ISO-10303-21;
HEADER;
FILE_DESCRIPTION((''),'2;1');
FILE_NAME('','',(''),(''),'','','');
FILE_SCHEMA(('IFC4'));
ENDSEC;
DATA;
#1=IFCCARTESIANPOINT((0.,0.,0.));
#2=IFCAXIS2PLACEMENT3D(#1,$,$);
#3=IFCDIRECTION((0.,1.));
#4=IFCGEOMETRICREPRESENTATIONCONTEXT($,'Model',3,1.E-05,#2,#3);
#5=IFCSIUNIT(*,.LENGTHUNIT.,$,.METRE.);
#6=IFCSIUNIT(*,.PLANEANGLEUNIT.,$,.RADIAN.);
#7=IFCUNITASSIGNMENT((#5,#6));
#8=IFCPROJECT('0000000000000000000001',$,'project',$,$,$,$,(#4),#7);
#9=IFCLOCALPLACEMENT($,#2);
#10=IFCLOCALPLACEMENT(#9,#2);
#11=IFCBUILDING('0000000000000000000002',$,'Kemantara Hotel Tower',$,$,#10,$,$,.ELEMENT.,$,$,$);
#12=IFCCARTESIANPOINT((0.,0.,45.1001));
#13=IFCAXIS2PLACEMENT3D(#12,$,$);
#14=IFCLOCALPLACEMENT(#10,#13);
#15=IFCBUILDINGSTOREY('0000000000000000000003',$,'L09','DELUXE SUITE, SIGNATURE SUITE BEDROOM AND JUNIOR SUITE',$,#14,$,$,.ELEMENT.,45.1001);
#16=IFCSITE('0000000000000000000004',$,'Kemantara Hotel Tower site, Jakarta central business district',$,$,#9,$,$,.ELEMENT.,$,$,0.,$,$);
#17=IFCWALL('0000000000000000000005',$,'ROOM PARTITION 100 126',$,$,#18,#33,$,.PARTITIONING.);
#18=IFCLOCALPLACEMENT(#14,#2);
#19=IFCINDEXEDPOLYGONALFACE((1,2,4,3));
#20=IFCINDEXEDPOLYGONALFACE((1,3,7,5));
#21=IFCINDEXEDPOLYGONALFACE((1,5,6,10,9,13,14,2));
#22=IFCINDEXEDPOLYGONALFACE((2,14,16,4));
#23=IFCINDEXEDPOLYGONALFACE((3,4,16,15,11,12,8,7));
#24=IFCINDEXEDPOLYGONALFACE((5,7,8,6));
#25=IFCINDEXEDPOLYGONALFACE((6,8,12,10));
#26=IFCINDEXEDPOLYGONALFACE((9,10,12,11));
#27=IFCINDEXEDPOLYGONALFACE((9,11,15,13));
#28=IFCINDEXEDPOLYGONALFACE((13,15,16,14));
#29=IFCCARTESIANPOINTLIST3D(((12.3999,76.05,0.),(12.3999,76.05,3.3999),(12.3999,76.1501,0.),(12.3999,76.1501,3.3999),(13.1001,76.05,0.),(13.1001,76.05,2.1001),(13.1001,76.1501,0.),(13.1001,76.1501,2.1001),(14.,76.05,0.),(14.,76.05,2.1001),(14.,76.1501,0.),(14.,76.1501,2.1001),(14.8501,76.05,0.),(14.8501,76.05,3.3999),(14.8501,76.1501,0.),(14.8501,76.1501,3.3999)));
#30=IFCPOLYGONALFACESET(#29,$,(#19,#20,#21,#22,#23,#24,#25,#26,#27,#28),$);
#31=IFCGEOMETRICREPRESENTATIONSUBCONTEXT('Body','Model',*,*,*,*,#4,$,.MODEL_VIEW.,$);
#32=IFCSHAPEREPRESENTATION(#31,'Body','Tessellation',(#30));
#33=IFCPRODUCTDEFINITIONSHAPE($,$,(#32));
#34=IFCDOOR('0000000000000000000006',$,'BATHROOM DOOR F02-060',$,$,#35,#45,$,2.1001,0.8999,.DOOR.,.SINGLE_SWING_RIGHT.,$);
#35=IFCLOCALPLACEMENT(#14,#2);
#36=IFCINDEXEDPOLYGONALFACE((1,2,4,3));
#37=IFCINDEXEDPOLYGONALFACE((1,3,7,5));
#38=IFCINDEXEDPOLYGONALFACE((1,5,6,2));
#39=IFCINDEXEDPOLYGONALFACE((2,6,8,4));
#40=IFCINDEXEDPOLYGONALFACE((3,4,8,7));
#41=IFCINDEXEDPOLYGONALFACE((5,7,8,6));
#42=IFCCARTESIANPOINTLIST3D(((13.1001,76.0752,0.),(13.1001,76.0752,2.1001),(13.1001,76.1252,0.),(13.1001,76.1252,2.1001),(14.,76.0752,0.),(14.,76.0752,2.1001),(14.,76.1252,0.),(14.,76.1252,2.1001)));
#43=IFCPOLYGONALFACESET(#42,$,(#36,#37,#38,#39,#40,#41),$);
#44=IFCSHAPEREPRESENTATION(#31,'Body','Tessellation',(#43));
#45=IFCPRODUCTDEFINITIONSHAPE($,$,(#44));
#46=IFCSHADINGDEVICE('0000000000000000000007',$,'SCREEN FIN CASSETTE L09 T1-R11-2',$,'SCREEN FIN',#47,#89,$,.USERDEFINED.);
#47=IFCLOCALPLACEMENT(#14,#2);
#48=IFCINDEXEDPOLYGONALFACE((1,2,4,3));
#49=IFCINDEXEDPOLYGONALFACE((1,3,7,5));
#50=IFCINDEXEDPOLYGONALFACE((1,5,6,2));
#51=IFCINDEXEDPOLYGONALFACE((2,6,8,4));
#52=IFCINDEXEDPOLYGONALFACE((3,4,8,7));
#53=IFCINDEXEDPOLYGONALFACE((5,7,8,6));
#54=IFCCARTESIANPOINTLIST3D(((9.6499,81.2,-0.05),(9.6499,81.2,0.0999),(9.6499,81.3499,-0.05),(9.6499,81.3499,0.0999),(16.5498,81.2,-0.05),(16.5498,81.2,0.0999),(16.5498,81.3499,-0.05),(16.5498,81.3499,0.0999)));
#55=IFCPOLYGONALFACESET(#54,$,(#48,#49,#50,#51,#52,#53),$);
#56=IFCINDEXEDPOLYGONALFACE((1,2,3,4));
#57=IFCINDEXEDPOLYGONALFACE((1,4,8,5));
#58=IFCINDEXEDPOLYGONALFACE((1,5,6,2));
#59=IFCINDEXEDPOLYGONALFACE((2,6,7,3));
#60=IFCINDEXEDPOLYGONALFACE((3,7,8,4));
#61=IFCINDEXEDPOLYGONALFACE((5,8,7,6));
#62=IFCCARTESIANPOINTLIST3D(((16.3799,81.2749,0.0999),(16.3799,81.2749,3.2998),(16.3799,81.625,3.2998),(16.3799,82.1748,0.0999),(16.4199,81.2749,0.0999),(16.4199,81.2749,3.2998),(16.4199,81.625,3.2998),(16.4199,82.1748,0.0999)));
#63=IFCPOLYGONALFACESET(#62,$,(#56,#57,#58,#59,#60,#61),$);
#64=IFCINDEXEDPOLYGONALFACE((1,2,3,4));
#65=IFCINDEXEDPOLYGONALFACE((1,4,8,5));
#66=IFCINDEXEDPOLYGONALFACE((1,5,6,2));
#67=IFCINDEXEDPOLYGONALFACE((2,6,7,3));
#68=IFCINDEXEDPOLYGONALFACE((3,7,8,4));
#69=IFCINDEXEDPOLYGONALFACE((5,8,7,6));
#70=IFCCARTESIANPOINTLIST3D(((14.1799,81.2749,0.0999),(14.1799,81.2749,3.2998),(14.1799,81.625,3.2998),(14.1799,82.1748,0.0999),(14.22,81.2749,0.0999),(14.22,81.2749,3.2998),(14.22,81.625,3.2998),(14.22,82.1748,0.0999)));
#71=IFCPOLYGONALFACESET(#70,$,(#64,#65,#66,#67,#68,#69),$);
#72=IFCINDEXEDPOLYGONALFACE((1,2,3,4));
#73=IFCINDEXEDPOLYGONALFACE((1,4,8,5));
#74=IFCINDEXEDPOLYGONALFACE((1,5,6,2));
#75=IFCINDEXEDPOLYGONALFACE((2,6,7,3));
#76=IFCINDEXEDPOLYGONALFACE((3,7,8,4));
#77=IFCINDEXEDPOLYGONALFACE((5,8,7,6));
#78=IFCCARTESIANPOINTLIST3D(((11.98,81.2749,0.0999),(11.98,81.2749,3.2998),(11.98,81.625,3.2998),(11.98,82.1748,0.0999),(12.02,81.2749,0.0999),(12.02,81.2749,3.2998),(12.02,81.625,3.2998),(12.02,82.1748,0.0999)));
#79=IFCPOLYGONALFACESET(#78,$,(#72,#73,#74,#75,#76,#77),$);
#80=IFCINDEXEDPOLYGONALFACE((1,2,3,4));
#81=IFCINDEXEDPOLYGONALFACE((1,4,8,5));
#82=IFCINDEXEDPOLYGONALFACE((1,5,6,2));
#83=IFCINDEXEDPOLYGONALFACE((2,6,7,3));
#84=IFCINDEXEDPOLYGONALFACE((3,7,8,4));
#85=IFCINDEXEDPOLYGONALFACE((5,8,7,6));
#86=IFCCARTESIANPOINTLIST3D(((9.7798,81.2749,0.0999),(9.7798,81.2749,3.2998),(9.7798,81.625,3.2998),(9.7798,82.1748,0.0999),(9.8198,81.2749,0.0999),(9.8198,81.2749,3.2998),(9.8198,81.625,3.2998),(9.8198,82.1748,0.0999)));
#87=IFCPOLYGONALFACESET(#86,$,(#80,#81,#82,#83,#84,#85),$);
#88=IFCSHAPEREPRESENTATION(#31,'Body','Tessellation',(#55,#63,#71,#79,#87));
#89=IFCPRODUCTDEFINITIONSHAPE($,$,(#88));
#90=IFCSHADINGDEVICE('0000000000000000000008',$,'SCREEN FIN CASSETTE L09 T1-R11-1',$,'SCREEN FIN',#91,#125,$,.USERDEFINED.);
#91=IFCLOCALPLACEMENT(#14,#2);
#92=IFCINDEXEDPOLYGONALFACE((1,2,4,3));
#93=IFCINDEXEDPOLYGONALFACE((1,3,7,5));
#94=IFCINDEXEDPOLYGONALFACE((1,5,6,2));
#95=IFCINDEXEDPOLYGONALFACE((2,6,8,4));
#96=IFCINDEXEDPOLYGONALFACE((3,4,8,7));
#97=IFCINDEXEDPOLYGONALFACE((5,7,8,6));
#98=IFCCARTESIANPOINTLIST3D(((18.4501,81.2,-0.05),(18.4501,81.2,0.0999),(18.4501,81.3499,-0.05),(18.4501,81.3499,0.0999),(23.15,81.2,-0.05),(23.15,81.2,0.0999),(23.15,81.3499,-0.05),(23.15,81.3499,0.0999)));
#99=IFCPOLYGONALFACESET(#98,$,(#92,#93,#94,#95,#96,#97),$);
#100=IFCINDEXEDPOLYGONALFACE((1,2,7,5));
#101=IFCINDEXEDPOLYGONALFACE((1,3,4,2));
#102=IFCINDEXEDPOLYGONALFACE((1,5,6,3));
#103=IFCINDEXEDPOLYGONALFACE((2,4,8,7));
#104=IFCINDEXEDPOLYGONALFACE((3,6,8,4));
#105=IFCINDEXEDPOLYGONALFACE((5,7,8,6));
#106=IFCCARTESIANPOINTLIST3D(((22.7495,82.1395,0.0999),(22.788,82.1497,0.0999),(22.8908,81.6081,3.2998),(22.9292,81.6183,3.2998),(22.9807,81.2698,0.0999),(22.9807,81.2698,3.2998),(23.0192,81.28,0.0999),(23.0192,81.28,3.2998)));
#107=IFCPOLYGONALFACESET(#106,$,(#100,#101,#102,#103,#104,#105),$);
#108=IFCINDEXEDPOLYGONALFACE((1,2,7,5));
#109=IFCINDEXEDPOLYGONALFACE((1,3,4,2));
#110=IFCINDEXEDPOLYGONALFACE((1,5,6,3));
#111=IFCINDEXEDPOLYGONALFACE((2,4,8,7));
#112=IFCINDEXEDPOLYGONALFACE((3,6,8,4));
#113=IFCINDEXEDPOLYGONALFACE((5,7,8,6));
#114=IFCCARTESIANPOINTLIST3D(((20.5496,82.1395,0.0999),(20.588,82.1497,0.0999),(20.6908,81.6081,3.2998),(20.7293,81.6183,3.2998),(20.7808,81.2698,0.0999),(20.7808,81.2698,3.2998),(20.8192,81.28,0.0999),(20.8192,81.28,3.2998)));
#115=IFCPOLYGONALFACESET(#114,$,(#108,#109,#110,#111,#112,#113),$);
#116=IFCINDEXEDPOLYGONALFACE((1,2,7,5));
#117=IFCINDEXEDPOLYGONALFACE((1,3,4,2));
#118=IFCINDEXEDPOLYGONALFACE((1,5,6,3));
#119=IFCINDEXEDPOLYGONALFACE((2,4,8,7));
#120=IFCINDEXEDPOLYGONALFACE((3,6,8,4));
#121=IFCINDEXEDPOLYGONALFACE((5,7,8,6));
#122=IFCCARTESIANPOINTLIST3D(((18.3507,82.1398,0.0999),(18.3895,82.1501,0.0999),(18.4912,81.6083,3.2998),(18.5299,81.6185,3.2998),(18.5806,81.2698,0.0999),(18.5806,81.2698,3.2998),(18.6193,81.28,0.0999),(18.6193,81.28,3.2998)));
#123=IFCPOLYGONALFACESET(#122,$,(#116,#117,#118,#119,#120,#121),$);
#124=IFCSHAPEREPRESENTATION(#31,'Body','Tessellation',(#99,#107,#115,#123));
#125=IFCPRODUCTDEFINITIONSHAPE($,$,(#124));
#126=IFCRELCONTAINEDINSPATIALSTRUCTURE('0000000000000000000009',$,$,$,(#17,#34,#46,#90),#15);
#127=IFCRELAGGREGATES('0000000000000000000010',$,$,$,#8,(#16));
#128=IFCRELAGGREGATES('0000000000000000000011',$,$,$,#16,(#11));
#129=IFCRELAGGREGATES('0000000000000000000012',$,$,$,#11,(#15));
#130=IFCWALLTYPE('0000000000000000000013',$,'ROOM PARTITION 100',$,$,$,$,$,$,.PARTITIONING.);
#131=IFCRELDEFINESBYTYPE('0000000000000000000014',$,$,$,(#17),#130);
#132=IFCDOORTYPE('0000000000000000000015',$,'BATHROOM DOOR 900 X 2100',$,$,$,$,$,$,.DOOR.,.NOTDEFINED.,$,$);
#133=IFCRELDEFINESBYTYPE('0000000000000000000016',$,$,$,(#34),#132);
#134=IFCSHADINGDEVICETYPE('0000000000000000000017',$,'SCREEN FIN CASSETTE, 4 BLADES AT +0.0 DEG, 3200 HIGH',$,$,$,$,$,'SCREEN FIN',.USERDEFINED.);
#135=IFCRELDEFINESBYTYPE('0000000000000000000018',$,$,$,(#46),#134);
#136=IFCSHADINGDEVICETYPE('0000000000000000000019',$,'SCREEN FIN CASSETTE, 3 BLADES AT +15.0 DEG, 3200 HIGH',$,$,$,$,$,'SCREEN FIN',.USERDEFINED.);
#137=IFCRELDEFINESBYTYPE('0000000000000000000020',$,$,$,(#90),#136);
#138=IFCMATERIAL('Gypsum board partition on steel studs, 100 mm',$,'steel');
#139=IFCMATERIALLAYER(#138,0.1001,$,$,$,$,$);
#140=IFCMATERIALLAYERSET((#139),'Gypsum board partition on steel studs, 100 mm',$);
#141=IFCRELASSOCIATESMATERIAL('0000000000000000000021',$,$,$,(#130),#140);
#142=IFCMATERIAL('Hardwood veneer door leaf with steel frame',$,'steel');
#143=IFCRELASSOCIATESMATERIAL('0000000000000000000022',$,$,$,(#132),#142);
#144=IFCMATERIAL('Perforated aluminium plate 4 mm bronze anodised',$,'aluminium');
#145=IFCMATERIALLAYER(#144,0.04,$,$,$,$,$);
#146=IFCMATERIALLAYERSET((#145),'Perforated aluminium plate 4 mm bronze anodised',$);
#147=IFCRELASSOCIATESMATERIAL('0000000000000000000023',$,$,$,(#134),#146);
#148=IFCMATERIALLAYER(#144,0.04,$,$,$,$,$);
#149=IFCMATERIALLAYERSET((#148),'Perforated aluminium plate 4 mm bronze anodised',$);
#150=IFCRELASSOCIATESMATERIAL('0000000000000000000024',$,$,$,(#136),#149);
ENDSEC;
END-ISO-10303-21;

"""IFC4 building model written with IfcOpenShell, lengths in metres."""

from ifc_helpers import new_model, si_unit, direction, frame, frame_2d, origin, origin_2d, place, context, subcontext, project, spatial, polyline, rectangle, outline, extrude, source, transform, mapped, material, layer, layer_set, type_object, element, fill, save


model = new_model("IFC4")

# Units and contexts
model_context = context("Model", 3, precision=1e-05, world=origin(), true_north=direction((0.0, 1.0)))
body_context = subcontext(model_context, "Body", "Model", "MODEL_VIEW")
ifc_project = project(units=[si_unit("LENGTHUNIT", "METRE"), si_unit("PLANEANGLEUNIT", "RADIAN")], contexts=[model_context])

# Site, building, storey
site_placement = place(None, origin())
site = spatial("IfcSite", under=ifc_project, at=site_placement, Name="Kemantara Hotel Tower site, Jakarta central business district", CompositionType="ELEMENT", RefElevation=0.0)
building_placement = place(site_placement, origin())
building = spatial("IfcBuilding", under=site, at=building_placement, Name="Kemantara Hotel Tower", CompositionType="ELEMENT")
storey_placement = place(building_placement, frame((0.0, 0.0, 45.1001)))
storey = spatial("IfcBuildingStorey", under=building, at=storey_placement, Name="L09", Description="DELUXE SUITE, SIGNATURE SUITE BEDROOM AND JUNIOR SUITE", CompositionType="ELEMENT", Elevation=45.1001)

# Shared definitions
ifc_material_1 = material(Name="Hardwood veneer door leaf with steel frame", Category="steel")

# Shared definitions
ifc_material_2 = material(Name="Gypsum board partition on steel studs, 100 mm", Category="steel")
ifc_layer_1 = layer(ifc_material_2, 0.1001)
ifc_layer_set_1 = layer_set([ifc_layer_1], Name="Gypsum board partition on steel studs, 100 mm")
wall_type_1 = type_object("IfcWallType", Name="ROOM PARTITION 100", PredefinedType="PARTITIONING", material=ifc_layer_set_1)

# Wall, opening, door
wall_1_placement = place(storey_placement, frame((14.8501, 76.1001, 0.0), z_axis=(0.0, 0.0, 1.0), x_axis=(-1.0, 0.0, 0.0)))
wall_1 = element("IfcWall", 1, at=wall_1_placement, inside=storey, type_object=wall_type_1, Name="ROOM PARTITION 100 126", PredefinedType="PARTITIONING", context=body_context, shape_type="SweptSolid", body=[
    extrude(rectangle(XDim=2.4502, YDim=0.1001, at=frame_2d((1.2251, 0.0))), origin(), (0.0, 0.0, 1.0), 3.3999),
])
opening_1_placement = place(wall_1_placement, frame((0.8501, 0.0, 0.0)))
opening_1 = element("IfcOpeningElement", 2, at=opening_1_placement, cuts=wall_1, PredefinedType="OPENING", context=body_context, shape_type="SweptSolid", body=[
    extrude(rectangle(XDim=0.8999, YDim=2.1001, at=frame_2d((0.45, 1.05))), frame((0.0, 0.0601, 0.0), z_axis=(0.0, -1.0, 0.0), x_axis=(1.0, 0.0, 0.0)), (0.0, 0.0, 1.0), 0.1201),
])
door_type_1 = type_object("IfcDoorType", Name="BATHROOM DOOR 900 X 2100", OperationType="NOTDEFINED", PredefinedType="DOOR", material=ifc_material_1)
door_1_placement = place(opening_1_placement, origin())
door_1 = element("IfcDoor", 3, at=door_1_placement, inside=storey, type_object=door_type_1, Name="BATHROOM DOOR F02-060", OperationType="SINGLE_SWING_RIGHT", OverallHeight=2.1001, OverallWidth=0.8999, PredefinedType="DOOR", context=body_context, shape_type="SweptSolid", body=[
    extrude(rectangle(XDim=0.8999, YDim=2.1001, at=frame_2d((0.45, 1.05))), frame((0.0, 0.0249, 0.0), z_axis=(0.0, -1.0, 0.0), x_axis=(1.0, 0.0, 0.0)), (0.0, 0.0, 1.0), 0.05),
])
fill(opening_1, door_1)

# Shading devices
ifc_material_3 = material(Name="Perforated aluminium plate 4 mm bronze anodised", Category="aluminium")
ifc_layer_2 = layer(ifc_material_3, 0.04)
ifc_layer_set_2 = layer_set([ifc_layer_2], Name="Perforated aluminium plate 4 mm bronze anodised")
shading_device_type_1 = type_object("IfcShadingDeviceType", Name="SCREEN FIN CASSETTE, 4 BLADES AT +0.0 DEG, 3200 HIGH", ElementType="SCREEN FIN", PredefinedType="USERDEFINED", material=ifc_layer_set_2)
shared_shape_1 = source(origin(), body_context, "Body", "SweptSolid", [
    extrude(rectangle(XDim=6.8999, YDim=0.1499, at=origin_2d()), frame((3.3, -0.075, -0.1499), z_axis=(0.0, 0.0, 1.0), x_axis=(1.0, 0.0, 0.0)), (0.0, 0.0, 1.0), 0.1499),
    extrude(outline(polyline([(0.0, 0.0), (0.8999, 0.0), (0.3501, 3.2), (0.0, 3.2), (0.0, 0.0)])), frame((0.02, -0.075, 0.0), z_axis=(-1.0, 0.0, 0.0), x_axis=(0.0, -1.0, 0.0)), (0.0, 0.0, 1.0), 0.04),
    extrude(outline(polyline([(0.0, 0.0), (0.8999, 0.0), (0.3501, 3.2), (0.0, 3.2), (0.0, 0.0)])), frame((2.22, -0.075, 0.0), z_axis=(-1.0, 0.0, 0.0), x_axis=(0.0, -1.0, 0.0)), (0.0, 0.0, 1.0), 0.04),
    extrude(outline(polyline([(0.0, 0.0), (0.8999, 0.0), (0.3501, 3.2), (0.0, 3.2), (0.0, 0.0)])), frame((4.4199, -0.075, 0.0), z_axis=(-1.0, 0.0, 0.0), x_axis=(0.0, -1.0, 0.0)), (0.0, 0.0, 1.0), 0.04),
    extrude(outline(polyline([(0.0, 0.0), (0.8999, 0.0), (0.3501, 3.2), (0.0, 3.2), (0.0, 0.0)])), frame((6.6201, -0.075, 0.0), z_axis=(-1.0, 0.0, 0.0), x_axis=(0.0, -1.0, 0.0)), (0.0, 0.0, 1.0), 0.04),
])
shading_device_1_placement = place(storey_placement, frame((16.3999, 81.2, 0.0999), z_axis=(0.0, 0.0, 1.0), x_axis=(-1.0, 0.0, 0.0)))
element("IfcShadingDevice", 4, at=shading_device_1_placement, inside=storey, type_object=shading_device_type_1, Name="SCREEN FIN CASSETTE L09 T1-R11-2", ObjectType="SCREEN FIN", PredefinedType="USERDEFINED", context=body_context, shape_type="MappedRepresentation", body=[
    mapped(shared_shape_1, transform((0.0, 0.0, 0.0))),
])
ifc_layer_3 = layer(ifc_material_3, 0.04)
ifc_layer_set_3 = layer_set([ifc_layer_3], Name="Perforated aluminium plate 4 mm bronze anodised")
shading_device_type_2 = type_object("IfcShadingDeviceType", Name="SCREEN FIN CASSETTE, 3 BLADES AT +15.0 DEG, 3200 HIGH", ElementType="SCREEN FIN", PredefinedType="USERDEFINED", material=ifc_layer_set_3)
shared_shape_2 = source(origin(), body_context, "Body", "SweptSolid", [
    extrude(rectangle(XDim=4.7, YDim=0.1499, at=origin_2d()), frame((2.2, -0.075, -0.1499), z_axis=(0.0, 0.0, 1.0), x_axis=(1.0, 0.0, 0.0)), (0.0, 0.0, 1.0), 0.1499),
    extrude(outline(polyline([(0.0, 0.0), (0.8999, 0.0), (0.3501, 3.2), (0.0, 3.2), (0.0, 0.0)])), frame((0.0193, -0.0698, 0.0), z_axis=(-0.966438, -0.256901, 0.0), x_axis=(0.256901, -0.966438, 0.0)), (0.0, 0.0, 1.0), 0.0398),
    extrude(outline(polyline([(0.0, 0.0), (0.8999, 0.0), (0.3501, 3.2), (0.0, 3.2), (0.0, 0.0)])), frame((2.2192, -0.0698, 0.0), z_axis=(-0.966438, -0.256901, 0.0), x_axis=(0.256901, -0.966438, 0.0)), (0.0, 0.0, 1.0), 0.0398),
    extrude(outline(polyline([(0.0, 0.0), (0.8999, 0.0), (0.3501, 3.2), (0.0, 3.2), (0.0, 0.0)])), frame((4.4194, -0.0698, 0.0), z_axis=(-0.966838, -0.255391, 0.0), x_axis=(0.255391, -0.966838, 0.0)), (0.0, 0.0, 1.0), 0.04),
])
shading_device_2_placement = place(storey_placement, frame((23.0, 81.2, 0.0999), z_axis=(0.0, 0.0, 1.0), x_axis=(-1.0, 0.0, 0.0)))
element("IfcShadingDevice", 5, at=shading_device_2_placement, inside=storey, type_object=shading_device_type_2, Name="SCREEN FIN CASSETTE L09 T1-R11-1", ObjectType="SCREEN FIN", PredefinedType="USERDEFINED", context=body_context, shape_type="MappedRepresentation", body=[
    mapped(shared_shape_2, transform((0.0, 0.0, 0.0))),
])

save(model, "model.ifc")
